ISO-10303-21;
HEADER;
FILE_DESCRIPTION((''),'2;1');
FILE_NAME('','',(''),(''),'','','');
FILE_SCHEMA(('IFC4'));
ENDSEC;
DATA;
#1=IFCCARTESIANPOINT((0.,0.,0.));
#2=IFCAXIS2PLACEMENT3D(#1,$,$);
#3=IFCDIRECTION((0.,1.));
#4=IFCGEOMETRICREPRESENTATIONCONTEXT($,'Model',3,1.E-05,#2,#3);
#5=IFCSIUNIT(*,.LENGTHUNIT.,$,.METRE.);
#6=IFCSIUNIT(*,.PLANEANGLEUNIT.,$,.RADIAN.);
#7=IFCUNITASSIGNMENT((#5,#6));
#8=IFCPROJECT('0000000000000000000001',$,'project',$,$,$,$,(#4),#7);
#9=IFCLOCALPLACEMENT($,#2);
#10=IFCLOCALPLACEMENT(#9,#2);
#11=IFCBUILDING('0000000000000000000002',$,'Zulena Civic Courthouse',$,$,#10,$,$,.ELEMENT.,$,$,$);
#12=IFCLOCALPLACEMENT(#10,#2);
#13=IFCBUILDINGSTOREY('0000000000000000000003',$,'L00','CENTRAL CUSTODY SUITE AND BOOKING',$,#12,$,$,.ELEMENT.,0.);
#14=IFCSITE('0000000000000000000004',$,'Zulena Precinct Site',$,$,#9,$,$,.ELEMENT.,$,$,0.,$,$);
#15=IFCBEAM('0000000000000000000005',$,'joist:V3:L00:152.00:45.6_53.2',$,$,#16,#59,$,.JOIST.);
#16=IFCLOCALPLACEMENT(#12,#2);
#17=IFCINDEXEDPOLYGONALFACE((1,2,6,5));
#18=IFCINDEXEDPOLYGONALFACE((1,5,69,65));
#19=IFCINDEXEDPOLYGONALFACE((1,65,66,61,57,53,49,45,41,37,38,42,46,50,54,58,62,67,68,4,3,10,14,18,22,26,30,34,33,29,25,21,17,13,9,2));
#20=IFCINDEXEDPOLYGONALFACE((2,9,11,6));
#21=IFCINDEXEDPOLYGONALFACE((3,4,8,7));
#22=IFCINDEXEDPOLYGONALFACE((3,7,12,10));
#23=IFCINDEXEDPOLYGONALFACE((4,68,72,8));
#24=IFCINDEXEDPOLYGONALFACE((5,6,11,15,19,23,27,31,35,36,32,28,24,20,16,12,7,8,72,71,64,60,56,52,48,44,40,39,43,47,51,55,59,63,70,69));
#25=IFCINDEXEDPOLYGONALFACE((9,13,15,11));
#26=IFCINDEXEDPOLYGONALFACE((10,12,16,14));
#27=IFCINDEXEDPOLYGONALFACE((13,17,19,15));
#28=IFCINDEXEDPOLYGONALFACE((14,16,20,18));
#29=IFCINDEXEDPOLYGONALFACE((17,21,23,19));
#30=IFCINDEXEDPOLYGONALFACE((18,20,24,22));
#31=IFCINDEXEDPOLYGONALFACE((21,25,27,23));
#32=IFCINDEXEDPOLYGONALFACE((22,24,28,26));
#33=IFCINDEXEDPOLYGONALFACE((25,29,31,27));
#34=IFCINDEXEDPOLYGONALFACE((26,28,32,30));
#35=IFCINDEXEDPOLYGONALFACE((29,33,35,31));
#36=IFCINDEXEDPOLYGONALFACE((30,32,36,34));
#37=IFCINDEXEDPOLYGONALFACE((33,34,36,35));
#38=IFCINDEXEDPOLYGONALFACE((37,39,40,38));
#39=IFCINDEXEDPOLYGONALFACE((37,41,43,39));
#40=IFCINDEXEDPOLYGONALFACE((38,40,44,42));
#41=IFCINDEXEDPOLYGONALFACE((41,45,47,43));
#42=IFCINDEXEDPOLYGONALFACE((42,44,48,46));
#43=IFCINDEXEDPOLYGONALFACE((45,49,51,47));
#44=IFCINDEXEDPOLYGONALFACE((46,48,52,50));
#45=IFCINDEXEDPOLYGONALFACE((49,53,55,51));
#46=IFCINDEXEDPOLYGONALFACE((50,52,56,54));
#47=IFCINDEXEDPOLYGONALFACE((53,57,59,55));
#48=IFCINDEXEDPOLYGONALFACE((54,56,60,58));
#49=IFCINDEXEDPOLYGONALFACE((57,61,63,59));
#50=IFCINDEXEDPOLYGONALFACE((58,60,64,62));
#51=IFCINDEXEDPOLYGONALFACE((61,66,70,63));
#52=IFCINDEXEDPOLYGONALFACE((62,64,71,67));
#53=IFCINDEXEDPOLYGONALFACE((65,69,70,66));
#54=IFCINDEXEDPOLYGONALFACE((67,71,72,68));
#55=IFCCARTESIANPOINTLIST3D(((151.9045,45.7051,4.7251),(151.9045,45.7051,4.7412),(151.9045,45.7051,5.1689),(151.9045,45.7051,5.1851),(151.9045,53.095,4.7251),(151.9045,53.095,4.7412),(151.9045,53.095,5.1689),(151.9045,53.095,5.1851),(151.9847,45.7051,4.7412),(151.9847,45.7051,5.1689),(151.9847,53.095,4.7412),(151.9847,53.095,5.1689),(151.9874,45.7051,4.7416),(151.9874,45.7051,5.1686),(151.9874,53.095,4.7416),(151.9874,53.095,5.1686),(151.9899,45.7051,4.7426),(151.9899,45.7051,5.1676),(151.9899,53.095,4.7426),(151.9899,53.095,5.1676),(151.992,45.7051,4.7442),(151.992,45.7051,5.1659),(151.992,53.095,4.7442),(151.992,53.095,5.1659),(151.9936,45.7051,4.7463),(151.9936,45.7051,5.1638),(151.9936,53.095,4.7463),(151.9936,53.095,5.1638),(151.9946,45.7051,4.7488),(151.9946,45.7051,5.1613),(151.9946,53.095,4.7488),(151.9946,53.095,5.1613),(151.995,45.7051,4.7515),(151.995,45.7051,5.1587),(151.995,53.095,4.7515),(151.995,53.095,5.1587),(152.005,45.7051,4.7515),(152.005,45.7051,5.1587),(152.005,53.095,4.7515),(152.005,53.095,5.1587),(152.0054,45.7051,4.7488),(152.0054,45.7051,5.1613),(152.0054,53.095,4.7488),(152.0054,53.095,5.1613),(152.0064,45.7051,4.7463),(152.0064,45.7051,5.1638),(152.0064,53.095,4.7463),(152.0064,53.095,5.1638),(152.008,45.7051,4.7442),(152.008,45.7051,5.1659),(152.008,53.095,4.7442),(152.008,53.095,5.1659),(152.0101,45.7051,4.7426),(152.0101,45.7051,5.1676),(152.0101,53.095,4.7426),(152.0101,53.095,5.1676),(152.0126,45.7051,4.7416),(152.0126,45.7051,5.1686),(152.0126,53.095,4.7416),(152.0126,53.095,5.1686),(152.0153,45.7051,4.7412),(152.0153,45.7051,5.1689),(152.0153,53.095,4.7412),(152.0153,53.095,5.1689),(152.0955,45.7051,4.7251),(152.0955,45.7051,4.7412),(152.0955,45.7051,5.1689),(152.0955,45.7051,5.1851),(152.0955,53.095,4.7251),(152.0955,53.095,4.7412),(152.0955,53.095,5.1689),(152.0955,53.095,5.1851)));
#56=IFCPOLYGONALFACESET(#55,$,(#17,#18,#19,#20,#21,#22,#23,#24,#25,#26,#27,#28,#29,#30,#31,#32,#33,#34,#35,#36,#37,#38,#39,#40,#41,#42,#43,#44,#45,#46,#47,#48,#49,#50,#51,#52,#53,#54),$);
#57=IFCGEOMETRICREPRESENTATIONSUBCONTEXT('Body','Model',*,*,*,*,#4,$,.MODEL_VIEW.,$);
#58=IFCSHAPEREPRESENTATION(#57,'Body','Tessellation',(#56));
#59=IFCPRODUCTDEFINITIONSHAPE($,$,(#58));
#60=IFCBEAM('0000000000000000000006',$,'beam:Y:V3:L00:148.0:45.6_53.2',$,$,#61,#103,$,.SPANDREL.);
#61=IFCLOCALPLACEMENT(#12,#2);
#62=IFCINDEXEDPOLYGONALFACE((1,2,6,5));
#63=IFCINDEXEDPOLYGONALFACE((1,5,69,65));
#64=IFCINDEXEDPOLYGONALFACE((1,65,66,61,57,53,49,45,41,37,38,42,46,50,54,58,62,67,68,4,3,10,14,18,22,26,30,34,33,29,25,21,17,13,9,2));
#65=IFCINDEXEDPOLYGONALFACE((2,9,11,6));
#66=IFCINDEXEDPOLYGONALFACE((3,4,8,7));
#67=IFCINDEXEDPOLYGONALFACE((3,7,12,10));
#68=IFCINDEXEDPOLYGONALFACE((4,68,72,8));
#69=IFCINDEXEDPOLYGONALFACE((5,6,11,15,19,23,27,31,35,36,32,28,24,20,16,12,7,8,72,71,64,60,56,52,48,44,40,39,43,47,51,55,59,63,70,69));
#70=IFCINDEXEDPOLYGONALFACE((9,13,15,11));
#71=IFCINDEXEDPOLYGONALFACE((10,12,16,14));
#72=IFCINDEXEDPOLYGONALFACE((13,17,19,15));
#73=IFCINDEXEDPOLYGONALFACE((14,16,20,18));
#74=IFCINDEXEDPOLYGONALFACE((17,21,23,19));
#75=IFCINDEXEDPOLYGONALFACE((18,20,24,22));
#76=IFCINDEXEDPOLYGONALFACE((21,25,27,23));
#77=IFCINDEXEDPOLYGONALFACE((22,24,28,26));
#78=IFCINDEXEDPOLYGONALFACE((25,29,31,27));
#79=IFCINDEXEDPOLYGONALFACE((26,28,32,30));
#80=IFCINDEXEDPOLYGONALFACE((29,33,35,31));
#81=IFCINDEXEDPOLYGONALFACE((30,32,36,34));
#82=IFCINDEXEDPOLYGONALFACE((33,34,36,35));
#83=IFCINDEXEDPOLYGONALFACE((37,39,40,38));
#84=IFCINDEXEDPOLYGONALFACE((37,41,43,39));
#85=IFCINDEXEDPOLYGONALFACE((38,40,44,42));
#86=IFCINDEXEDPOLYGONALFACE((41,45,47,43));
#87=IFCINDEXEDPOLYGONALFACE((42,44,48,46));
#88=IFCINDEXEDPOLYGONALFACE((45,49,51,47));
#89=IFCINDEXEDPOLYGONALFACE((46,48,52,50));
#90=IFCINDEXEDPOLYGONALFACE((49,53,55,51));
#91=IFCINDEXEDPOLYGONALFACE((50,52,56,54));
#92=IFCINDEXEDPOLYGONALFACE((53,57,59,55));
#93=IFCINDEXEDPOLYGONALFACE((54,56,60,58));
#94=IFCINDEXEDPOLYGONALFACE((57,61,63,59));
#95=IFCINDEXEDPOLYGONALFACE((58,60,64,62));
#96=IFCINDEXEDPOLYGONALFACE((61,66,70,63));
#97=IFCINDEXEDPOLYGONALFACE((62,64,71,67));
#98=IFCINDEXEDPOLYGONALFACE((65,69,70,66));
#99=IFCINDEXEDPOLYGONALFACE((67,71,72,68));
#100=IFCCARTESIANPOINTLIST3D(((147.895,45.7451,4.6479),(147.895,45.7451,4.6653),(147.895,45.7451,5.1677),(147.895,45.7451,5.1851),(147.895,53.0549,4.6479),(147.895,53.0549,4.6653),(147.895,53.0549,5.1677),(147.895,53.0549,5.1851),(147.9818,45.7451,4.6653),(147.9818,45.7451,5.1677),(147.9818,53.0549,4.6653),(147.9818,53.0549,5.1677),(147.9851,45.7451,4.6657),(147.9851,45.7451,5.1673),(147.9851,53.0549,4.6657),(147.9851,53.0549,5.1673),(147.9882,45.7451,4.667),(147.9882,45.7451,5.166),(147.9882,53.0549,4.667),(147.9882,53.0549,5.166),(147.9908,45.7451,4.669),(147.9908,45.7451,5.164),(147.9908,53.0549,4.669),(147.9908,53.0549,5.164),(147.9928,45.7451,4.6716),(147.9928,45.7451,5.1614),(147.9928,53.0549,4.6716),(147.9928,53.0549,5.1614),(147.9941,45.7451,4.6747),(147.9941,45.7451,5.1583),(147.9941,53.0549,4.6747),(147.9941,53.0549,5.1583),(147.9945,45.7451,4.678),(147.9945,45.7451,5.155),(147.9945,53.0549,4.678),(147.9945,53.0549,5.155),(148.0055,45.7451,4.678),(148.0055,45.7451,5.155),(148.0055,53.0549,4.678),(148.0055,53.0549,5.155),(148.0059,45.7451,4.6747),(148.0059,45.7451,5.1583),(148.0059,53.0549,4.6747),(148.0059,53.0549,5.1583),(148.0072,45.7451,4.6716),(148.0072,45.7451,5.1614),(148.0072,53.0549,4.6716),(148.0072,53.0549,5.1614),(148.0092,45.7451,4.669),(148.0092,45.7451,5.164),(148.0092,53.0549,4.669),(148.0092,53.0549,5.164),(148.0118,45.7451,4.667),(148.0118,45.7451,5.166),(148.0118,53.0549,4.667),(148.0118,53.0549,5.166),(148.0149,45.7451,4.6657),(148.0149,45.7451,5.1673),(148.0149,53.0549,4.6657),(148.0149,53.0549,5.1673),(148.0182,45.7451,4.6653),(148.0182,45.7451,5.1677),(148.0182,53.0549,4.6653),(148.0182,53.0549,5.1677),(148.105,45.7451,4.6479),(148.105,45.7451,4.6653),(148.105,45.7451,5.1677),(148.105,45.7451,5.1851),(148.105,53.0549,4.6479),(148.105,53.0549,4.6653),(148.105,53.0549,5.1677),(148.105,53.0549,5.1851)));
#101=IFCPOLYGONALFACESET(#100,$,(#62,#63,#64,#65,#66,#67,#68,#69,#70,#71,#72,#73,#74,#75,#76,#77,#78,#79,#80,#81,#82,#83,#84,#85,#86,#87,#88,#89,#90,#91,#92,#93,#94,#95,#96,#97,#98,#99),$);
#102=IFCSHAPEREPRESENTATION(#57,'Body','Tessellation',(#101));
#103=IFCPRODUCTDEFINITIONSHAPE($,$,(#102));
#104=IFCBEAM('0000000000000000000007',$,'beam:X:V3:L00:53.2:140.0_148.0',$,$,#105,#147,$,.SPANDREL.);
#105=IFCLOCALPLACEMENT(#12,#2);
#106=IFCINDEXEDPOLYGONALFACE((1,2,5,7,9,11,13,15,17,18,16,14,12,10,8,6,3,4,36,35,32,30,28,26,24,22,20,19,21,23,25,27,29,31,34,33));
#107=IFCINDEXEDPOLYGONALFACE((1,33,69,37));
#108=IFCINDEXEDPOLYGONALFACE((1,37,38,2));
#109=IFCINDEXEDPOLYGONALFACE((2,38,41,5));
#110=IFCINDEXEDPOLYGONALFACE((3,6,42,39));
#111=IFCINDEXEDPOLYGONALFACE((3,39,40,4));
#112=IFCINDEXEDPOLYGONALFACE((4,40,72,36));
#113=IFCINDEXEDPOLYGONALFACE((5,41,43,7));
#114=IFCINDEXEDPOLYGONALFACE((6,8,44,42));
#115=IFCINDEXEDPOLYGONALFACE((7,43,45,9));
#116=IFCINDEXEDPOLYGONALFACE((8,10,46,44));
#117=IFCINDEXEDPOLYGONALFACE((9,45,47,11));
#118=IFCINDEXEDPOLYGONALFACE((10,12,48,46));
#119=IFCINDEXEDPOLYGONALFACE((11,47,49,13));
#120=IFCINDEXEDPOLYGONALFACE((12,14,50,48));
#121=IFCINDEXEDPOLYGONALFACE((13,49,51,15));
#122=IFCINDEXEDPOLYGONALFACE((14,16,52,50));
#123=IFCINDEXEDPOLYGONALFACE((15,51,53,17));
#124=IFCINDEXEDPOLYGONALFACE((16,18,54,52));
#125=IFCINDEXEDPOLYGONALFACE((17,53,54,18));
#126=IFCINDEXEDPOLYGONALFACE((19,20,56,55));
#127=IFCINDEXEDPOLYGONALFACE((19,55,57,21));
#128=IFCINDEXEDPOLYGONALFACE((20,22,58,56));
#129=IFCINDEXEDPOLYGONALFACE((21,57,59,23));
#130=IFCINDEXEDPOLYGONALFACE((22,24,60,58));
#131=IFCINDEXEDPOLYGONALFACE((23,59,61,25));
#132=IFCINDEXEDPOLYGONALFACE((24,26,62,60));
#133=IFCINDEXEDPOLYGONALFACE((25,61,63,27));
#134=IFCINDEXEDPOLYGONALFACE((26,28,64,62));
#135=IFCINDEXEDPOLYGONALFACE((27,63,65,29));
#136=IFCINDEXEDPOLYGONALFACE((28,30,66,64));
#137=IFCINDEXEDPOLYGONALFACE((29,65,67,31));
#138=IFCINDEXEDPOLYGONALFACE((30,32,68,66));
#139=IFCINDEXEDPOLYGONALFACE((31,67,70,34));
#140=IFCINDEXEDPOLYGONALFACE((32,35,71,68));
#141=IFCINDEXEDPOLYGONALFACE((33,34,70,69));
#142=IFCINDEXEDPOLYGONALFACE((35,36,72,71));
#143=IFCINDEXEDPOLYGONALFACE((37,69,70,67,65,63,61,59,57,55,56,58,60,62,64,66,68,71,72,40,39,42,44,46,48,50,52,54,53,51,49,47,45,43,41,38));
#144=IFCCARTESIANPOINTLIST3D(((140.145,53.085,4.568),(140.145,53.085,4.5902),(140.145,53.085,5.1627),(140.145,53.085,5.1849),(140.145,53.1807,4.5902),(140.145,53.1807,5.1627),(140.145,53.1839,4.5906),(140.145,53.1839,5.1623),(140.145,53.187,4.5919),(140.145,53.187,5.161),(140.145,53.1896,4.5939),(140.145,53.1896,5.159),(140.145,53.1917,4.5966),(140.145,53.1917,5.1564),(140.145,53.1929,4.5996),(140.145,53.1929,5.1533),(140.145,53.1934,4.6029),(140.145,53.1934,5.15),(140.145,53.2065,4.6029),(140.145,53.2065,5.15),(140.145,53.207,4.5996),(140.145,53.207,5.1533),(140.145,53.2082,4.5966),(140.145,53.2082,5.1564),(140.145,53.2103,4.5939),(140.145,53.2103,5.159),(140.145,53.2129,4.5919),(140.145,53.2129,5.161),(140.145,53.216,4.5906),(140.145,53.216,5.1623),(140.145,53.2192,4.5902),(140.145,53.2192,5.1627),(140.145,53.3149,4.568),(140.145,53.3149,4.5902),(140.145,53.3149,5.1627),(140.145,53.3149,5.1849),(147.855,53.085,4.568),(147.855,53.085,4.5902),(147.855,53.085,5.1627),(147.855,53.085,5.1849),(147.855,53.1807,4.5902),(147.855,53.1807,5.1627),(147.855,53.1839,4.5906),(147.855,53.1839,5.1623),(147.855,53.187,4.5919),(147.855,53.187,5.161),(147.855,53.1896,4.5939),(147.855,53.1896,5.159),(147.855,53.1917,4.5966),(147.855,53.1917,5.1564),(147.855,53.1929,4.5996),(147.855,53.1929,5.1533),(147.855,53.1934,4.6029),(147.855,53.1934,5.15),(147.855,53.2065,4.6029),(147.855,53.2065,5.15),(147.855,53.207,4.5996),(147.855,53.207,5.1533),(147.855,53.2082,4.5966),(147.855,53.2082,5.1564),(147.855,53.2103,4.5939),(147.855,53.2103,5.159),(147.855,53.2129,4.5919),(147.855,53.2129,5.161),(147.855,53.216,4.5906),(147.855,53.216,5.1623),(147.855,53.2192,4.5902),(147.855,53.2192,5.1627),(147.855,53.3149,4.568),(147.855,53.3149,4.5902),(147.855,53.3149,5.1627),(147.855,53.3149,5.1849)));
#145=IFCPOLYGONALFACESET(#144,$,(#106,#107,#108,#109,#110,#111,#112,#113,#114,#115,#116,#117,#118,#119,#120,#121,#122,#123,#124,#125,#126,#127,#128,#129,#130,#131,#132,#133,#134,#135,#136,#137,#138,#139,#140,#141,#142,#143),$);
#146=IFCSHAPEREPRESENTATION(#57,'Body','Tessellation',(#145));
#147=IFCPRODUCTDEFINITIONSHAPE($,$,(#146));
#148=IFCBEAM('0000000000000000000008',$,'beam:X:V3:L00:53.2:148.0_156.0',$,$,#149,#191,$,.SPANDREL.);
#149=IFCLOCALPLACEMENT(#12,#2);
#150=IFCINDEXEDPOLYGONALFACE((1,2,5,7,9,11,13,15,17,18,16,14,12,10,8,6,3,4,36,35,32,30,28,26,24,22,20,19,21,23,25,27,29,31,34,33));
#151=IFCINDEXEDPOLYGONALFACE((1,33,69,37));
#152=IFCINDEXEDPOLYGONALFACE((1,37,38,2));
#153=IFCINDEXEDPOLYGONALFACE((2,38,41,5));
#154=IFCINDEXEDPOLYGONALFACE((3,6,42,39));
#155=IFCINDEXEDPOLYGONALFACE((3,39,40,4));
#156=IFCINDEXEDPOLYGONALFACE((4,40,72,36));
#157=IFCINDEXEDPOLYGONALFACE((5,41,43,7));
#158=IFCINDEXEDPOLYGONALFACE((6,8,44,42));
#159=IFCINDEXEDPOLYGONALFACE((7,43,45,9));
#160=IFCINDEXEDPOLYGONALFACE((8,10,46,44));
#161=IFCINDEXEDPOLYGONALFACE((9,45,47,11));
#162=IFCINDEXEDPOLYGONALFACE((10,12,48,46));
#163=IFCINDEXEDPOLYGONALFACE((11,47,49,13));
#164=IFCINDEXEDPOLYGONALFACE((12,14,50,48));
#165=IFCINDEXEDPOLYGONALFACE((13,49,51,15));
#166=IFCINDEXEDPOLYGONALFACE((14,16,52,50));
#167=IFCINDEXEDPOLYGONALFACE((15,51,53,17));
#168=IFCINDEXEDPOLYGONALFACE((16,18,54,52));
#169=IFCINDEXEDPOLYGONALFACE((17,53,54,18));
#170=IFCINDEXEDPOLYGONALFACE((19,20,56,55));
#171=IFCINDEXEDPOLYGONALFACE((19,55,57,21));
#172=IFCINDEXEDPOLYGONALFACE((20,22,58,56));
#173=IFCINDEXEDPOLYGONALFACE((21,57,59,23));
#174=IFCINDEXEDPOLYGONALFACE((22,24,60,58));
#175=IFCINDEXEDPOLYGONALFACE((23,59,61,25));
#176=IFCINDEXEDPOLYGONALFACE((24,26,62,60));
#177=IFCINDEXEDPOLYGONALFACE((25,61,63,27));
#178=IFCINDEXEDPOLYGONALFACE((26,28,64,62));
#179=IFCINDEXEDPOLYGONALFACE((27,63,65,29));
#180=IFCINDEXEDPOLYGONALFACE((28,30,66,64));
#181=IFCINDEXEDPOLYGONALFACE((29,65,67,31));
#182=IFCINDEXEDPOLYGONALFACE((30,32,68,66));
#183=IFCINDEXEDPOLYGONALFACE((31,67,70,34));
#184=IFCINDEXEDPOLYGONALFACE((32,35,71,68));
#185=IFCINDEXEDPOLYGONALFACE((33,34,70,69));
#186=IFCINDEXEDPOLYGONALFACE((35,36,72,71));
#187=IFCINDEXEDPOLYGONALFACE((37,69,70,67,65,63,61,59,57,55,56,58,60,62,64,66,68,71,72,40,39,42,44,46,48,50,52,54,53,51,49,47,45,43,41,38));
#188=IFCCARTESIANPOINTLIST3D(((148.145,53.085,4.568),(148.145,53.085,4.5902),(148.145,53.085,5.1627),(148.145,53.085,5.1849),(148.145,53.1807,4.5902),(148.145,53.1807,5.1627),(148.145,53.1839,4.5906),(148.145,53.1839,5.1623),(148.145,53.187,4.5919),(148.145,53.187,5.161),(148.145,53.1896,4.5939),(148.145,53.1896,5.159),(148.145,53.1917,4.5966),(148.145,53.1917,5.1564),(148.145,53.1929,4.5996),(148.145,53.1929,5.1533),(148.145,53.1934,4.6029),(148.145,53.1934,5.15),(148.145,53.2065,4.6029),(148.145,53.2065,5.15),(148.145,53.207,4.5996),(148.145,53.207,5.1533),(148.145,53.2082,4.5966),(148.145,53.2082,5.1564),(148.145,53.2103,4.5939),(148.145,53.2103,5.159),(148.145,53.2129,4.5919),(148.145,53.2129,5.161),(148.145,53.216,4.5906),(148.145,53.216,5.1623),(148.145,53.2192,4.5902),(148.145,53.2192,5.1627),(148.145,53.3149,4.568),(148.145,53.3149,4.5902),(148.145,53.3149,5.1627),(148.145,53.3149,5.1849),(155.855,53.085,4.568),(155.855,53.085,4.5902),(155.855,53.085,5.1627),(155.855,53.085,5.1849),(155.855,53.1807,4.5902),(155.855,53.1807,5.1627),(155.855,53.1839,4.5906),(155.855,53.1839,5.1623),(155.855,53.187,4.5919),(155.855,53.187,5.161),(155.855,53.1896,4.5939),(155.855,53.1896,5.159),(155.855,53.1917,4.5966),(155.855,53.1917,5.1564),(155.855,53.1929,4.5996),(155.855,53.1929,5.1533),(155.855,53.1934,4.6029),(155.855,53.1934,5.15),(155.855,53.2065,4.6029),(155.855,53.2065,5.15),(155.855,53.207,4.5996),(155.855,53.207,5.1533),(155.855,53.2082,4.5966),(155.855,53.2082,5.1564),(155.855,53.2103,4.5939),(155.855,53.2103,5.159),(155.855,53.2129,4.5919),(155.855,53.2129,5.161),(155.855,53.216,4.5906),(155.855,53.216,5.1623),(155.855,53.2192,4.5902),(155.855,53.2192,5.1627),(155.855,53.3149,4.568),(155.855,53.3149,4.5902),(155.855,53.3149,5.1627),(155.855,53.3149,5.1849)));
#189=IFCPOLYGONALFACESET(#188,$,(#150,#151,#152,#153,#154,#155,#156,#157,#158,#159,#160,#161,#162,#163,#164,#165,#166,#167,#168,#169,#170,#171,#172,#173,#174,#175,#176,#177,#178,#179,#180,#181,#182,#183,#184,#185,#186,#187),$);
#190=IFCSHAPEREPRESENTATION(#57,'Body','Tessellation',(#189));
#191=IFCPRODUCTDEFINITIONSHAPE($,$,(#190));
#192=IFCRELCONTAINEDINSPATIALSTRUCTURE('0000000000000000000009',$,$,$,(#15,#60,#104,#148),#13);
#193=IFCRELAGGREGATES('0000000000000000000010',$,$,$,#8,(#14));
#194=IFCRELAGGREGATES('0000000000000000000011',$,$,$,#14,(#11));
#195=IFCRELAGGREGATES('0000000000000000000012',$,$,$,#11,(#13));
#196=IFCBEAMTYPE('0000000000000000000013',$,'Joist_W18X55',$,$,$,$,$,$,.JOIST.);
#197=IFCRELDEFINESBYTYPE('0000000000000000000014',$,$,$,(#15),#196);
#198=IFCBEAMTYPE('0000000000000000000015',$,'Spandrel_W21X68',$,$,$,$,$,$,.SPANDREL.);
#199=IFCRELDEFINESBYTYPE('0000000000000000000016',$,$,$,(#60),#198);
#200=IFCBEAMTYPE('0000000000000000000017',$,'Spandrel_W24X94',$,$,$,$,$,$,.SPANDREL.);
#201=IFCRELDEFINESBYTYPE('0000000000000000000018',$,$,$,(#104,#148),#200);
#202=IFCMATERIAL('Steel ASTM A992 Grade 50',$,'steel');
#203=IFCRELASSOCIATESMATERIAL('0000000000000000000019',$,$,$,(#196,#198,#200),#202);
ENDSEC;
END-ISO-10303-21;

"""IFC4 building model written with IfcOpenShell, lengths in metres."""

from ifc_helpers import new_model, si_unit, direction, frame, origin, origin_2d, place, context, subcontext, project, spatial, i_section, extrude, material, material_profile, profile_set, type_object, element, save


model = new_model("IFC4")

# Units and contexts
model_context = context("Model", 3, precision=1e-05, world=origin(), true_north=direction((0.0, 1.0)))
body_context = subcontext(model_context, "Body", "Model", "MODEL_VIEW")
ifc_project = project(units=[si_unit("LENGTHUNIT", "METRE"), si_unit("PLANEANGLEUNIT", "RADIAN")], contexts=[model_context])

# Site, building, storey
site_placement = place(None, origin())
site = spatial("IfcSite", under=ifc_project, at=site_placement, Name="Zulena Precinct Site", CompositionType="ELEMENT", RefElevation=0.0)
building_placement = place(site_placement, origin())
building = spatial("IfcBuilding", under=site, at=building_placement, Name="Zulena Civic Courthouse", CompositionType="ELEMENT")
storey_placement = place(building_placement, origin())
storey = spatial("IfcBuildingStorey", under=building, at=storey_placement, Name="L00", Description="CENTRAL CUSTODY SUITE AND BOOKING", CompositionType="ELEMENT", Elevation=0.0)

# Shared definitions
ifc_material_1 = material(Name="Steel ASTM A992 Grade 50", Category="steel")

# Beams
ifc_material_profile_1 = material_profile(ifc_material_1, i_section(OverallWidth=0.1909, OverallDepth=0.46, WebThickness=0.01, FlangeThickness=0.0161, FilletRadius=0.0103, at=origin_2d()), Name="W18X55")
ifc_profile_set_1 = profile_set([ifc_material_profile_1], Name="Steel ASTM A992 Grade 50")
beam_type_1 = type_object("IfcBeamType", Name="Joist_W18X55", PredefinedType="JOIST", material=ifc_profile_set_1)
for number, where, z_axis, x_axis, name in (
    (1, (152.0, 45.7051, 4.9551), (0.0, 1.0, 0.0), (-1.0, 0.0, 0.0), "joist:V3:L00:152.00:45.6_53.2"),
):
    element("IfcBeam", number, at=place(storey_placement, frame(where, z_axis=z_axis, x_axis=x_axis)), inside=storey, type_object=beam_type_1, Name=name, PredefinedType="JOIST", context=body_context, shape_type="SweptSolid", body=[
        extrude(i_section(OverallWidth=0.1909, OverallDepth=0.46, WebThickness=0.01, FlangeThickness=0.0161, FilletRadius=0.0103, at=origin_2d()), origin(), (0.0, 0.0, 1.0), 7.3899),
    ])
ifc_material_profile_2 = material_profile(ifc_material_1, i_section(OverallWidth=0.21, OverallDepth=0.5371, WebThickness=0.011, FlangeThickness=0.0173, FilletRadius=0.0127, at=origin_2d()), Name="W21X68")
ifc_profile_set_2 = profile_set([ifc_material_profile_2], Name="Steel ASTM A992 Grade 50")
beam_type_2 = type_object("IfcBeamType", Name="Spandrel_W21X68", PredefinedType="SPANDREL", material=ifc_profile_set_2)
beam_placement = place(storey_placement, frame((148.0, 45.7451, 4.9165), z_axis=(0.0, 1.0, 0.0), x_axis=(-1.0, 0.0, 0.0)))
element("IfcBeam", 2, at=beam_placement, inside=storey, type_object=beam_type_2, Name="beam:Y:V3:L00:148.0:45.6_53.2", PredefinedType="SPANDREL", context=body_context, shape_type="SweptSolid", body=[
    extrude(i_section(OverallWidth=0.21, OverallDepth=0.5371, WebThickness=0.011, FlangeThickness=0.0173, FilletRadius=0.0127, at=origin_2d()), origin(), (0.0, 0.0, 1.0), 7.3098),
])
ifc_material_profile_3 = material_profile(ifc_material_1, i_section(OverallWidth=0.23, OverallDepth=0.6169, WebThickness=0.0132, FlangeThickness=0.0222, FilletRadius=0.0127, at=origin_2d()), Name="W24X94")
ifc_profile_set_3 = profile_set([ifc_material_profile_3], Name="Steel ASTM A992 Grade 50")
beam_type_3 = type_object("IfcBeamType", Name="Spandrel_W24X94", PredefinedType="SPANDREL", material=ifc_profile_set_3)
for number, where, z_axis, x_axis, name in (
    (3, (140.145, 53.2, 4.8765), (1.0, 0.0, 0.0), (0.0, 1.0, 0.0), "beam:X:V3:L00:53.2:140.0_148.0"),
    (4, (148.145, 53.2, 4.8765), (1.0, 0.0, 0.0), (0.0, 1.0, 0.0), "beam:X:V3:L00:53.2:148.0_156.0"),
):
    element("IfcBeam", number, at=place(storey_placement, frame(where, z_axis=z_axis, x_axis=x_axis)), inside=storey, type_object=beam_type_3, Name=name, PredefinedType="SPANDREL", context=body_context, shape_type="SweptSolid", body=[
        extrude(i_section(OverallWidth=0.23, OverallDepth=0.6169, WebThickness=0.0132, FlangeThickness=0.0222, FilletRadius=0.0127, at=origin_2d()), origin(), (0.0, 0.0, 1.0), 7.71),
    ])

save(model, "model.ifc")
